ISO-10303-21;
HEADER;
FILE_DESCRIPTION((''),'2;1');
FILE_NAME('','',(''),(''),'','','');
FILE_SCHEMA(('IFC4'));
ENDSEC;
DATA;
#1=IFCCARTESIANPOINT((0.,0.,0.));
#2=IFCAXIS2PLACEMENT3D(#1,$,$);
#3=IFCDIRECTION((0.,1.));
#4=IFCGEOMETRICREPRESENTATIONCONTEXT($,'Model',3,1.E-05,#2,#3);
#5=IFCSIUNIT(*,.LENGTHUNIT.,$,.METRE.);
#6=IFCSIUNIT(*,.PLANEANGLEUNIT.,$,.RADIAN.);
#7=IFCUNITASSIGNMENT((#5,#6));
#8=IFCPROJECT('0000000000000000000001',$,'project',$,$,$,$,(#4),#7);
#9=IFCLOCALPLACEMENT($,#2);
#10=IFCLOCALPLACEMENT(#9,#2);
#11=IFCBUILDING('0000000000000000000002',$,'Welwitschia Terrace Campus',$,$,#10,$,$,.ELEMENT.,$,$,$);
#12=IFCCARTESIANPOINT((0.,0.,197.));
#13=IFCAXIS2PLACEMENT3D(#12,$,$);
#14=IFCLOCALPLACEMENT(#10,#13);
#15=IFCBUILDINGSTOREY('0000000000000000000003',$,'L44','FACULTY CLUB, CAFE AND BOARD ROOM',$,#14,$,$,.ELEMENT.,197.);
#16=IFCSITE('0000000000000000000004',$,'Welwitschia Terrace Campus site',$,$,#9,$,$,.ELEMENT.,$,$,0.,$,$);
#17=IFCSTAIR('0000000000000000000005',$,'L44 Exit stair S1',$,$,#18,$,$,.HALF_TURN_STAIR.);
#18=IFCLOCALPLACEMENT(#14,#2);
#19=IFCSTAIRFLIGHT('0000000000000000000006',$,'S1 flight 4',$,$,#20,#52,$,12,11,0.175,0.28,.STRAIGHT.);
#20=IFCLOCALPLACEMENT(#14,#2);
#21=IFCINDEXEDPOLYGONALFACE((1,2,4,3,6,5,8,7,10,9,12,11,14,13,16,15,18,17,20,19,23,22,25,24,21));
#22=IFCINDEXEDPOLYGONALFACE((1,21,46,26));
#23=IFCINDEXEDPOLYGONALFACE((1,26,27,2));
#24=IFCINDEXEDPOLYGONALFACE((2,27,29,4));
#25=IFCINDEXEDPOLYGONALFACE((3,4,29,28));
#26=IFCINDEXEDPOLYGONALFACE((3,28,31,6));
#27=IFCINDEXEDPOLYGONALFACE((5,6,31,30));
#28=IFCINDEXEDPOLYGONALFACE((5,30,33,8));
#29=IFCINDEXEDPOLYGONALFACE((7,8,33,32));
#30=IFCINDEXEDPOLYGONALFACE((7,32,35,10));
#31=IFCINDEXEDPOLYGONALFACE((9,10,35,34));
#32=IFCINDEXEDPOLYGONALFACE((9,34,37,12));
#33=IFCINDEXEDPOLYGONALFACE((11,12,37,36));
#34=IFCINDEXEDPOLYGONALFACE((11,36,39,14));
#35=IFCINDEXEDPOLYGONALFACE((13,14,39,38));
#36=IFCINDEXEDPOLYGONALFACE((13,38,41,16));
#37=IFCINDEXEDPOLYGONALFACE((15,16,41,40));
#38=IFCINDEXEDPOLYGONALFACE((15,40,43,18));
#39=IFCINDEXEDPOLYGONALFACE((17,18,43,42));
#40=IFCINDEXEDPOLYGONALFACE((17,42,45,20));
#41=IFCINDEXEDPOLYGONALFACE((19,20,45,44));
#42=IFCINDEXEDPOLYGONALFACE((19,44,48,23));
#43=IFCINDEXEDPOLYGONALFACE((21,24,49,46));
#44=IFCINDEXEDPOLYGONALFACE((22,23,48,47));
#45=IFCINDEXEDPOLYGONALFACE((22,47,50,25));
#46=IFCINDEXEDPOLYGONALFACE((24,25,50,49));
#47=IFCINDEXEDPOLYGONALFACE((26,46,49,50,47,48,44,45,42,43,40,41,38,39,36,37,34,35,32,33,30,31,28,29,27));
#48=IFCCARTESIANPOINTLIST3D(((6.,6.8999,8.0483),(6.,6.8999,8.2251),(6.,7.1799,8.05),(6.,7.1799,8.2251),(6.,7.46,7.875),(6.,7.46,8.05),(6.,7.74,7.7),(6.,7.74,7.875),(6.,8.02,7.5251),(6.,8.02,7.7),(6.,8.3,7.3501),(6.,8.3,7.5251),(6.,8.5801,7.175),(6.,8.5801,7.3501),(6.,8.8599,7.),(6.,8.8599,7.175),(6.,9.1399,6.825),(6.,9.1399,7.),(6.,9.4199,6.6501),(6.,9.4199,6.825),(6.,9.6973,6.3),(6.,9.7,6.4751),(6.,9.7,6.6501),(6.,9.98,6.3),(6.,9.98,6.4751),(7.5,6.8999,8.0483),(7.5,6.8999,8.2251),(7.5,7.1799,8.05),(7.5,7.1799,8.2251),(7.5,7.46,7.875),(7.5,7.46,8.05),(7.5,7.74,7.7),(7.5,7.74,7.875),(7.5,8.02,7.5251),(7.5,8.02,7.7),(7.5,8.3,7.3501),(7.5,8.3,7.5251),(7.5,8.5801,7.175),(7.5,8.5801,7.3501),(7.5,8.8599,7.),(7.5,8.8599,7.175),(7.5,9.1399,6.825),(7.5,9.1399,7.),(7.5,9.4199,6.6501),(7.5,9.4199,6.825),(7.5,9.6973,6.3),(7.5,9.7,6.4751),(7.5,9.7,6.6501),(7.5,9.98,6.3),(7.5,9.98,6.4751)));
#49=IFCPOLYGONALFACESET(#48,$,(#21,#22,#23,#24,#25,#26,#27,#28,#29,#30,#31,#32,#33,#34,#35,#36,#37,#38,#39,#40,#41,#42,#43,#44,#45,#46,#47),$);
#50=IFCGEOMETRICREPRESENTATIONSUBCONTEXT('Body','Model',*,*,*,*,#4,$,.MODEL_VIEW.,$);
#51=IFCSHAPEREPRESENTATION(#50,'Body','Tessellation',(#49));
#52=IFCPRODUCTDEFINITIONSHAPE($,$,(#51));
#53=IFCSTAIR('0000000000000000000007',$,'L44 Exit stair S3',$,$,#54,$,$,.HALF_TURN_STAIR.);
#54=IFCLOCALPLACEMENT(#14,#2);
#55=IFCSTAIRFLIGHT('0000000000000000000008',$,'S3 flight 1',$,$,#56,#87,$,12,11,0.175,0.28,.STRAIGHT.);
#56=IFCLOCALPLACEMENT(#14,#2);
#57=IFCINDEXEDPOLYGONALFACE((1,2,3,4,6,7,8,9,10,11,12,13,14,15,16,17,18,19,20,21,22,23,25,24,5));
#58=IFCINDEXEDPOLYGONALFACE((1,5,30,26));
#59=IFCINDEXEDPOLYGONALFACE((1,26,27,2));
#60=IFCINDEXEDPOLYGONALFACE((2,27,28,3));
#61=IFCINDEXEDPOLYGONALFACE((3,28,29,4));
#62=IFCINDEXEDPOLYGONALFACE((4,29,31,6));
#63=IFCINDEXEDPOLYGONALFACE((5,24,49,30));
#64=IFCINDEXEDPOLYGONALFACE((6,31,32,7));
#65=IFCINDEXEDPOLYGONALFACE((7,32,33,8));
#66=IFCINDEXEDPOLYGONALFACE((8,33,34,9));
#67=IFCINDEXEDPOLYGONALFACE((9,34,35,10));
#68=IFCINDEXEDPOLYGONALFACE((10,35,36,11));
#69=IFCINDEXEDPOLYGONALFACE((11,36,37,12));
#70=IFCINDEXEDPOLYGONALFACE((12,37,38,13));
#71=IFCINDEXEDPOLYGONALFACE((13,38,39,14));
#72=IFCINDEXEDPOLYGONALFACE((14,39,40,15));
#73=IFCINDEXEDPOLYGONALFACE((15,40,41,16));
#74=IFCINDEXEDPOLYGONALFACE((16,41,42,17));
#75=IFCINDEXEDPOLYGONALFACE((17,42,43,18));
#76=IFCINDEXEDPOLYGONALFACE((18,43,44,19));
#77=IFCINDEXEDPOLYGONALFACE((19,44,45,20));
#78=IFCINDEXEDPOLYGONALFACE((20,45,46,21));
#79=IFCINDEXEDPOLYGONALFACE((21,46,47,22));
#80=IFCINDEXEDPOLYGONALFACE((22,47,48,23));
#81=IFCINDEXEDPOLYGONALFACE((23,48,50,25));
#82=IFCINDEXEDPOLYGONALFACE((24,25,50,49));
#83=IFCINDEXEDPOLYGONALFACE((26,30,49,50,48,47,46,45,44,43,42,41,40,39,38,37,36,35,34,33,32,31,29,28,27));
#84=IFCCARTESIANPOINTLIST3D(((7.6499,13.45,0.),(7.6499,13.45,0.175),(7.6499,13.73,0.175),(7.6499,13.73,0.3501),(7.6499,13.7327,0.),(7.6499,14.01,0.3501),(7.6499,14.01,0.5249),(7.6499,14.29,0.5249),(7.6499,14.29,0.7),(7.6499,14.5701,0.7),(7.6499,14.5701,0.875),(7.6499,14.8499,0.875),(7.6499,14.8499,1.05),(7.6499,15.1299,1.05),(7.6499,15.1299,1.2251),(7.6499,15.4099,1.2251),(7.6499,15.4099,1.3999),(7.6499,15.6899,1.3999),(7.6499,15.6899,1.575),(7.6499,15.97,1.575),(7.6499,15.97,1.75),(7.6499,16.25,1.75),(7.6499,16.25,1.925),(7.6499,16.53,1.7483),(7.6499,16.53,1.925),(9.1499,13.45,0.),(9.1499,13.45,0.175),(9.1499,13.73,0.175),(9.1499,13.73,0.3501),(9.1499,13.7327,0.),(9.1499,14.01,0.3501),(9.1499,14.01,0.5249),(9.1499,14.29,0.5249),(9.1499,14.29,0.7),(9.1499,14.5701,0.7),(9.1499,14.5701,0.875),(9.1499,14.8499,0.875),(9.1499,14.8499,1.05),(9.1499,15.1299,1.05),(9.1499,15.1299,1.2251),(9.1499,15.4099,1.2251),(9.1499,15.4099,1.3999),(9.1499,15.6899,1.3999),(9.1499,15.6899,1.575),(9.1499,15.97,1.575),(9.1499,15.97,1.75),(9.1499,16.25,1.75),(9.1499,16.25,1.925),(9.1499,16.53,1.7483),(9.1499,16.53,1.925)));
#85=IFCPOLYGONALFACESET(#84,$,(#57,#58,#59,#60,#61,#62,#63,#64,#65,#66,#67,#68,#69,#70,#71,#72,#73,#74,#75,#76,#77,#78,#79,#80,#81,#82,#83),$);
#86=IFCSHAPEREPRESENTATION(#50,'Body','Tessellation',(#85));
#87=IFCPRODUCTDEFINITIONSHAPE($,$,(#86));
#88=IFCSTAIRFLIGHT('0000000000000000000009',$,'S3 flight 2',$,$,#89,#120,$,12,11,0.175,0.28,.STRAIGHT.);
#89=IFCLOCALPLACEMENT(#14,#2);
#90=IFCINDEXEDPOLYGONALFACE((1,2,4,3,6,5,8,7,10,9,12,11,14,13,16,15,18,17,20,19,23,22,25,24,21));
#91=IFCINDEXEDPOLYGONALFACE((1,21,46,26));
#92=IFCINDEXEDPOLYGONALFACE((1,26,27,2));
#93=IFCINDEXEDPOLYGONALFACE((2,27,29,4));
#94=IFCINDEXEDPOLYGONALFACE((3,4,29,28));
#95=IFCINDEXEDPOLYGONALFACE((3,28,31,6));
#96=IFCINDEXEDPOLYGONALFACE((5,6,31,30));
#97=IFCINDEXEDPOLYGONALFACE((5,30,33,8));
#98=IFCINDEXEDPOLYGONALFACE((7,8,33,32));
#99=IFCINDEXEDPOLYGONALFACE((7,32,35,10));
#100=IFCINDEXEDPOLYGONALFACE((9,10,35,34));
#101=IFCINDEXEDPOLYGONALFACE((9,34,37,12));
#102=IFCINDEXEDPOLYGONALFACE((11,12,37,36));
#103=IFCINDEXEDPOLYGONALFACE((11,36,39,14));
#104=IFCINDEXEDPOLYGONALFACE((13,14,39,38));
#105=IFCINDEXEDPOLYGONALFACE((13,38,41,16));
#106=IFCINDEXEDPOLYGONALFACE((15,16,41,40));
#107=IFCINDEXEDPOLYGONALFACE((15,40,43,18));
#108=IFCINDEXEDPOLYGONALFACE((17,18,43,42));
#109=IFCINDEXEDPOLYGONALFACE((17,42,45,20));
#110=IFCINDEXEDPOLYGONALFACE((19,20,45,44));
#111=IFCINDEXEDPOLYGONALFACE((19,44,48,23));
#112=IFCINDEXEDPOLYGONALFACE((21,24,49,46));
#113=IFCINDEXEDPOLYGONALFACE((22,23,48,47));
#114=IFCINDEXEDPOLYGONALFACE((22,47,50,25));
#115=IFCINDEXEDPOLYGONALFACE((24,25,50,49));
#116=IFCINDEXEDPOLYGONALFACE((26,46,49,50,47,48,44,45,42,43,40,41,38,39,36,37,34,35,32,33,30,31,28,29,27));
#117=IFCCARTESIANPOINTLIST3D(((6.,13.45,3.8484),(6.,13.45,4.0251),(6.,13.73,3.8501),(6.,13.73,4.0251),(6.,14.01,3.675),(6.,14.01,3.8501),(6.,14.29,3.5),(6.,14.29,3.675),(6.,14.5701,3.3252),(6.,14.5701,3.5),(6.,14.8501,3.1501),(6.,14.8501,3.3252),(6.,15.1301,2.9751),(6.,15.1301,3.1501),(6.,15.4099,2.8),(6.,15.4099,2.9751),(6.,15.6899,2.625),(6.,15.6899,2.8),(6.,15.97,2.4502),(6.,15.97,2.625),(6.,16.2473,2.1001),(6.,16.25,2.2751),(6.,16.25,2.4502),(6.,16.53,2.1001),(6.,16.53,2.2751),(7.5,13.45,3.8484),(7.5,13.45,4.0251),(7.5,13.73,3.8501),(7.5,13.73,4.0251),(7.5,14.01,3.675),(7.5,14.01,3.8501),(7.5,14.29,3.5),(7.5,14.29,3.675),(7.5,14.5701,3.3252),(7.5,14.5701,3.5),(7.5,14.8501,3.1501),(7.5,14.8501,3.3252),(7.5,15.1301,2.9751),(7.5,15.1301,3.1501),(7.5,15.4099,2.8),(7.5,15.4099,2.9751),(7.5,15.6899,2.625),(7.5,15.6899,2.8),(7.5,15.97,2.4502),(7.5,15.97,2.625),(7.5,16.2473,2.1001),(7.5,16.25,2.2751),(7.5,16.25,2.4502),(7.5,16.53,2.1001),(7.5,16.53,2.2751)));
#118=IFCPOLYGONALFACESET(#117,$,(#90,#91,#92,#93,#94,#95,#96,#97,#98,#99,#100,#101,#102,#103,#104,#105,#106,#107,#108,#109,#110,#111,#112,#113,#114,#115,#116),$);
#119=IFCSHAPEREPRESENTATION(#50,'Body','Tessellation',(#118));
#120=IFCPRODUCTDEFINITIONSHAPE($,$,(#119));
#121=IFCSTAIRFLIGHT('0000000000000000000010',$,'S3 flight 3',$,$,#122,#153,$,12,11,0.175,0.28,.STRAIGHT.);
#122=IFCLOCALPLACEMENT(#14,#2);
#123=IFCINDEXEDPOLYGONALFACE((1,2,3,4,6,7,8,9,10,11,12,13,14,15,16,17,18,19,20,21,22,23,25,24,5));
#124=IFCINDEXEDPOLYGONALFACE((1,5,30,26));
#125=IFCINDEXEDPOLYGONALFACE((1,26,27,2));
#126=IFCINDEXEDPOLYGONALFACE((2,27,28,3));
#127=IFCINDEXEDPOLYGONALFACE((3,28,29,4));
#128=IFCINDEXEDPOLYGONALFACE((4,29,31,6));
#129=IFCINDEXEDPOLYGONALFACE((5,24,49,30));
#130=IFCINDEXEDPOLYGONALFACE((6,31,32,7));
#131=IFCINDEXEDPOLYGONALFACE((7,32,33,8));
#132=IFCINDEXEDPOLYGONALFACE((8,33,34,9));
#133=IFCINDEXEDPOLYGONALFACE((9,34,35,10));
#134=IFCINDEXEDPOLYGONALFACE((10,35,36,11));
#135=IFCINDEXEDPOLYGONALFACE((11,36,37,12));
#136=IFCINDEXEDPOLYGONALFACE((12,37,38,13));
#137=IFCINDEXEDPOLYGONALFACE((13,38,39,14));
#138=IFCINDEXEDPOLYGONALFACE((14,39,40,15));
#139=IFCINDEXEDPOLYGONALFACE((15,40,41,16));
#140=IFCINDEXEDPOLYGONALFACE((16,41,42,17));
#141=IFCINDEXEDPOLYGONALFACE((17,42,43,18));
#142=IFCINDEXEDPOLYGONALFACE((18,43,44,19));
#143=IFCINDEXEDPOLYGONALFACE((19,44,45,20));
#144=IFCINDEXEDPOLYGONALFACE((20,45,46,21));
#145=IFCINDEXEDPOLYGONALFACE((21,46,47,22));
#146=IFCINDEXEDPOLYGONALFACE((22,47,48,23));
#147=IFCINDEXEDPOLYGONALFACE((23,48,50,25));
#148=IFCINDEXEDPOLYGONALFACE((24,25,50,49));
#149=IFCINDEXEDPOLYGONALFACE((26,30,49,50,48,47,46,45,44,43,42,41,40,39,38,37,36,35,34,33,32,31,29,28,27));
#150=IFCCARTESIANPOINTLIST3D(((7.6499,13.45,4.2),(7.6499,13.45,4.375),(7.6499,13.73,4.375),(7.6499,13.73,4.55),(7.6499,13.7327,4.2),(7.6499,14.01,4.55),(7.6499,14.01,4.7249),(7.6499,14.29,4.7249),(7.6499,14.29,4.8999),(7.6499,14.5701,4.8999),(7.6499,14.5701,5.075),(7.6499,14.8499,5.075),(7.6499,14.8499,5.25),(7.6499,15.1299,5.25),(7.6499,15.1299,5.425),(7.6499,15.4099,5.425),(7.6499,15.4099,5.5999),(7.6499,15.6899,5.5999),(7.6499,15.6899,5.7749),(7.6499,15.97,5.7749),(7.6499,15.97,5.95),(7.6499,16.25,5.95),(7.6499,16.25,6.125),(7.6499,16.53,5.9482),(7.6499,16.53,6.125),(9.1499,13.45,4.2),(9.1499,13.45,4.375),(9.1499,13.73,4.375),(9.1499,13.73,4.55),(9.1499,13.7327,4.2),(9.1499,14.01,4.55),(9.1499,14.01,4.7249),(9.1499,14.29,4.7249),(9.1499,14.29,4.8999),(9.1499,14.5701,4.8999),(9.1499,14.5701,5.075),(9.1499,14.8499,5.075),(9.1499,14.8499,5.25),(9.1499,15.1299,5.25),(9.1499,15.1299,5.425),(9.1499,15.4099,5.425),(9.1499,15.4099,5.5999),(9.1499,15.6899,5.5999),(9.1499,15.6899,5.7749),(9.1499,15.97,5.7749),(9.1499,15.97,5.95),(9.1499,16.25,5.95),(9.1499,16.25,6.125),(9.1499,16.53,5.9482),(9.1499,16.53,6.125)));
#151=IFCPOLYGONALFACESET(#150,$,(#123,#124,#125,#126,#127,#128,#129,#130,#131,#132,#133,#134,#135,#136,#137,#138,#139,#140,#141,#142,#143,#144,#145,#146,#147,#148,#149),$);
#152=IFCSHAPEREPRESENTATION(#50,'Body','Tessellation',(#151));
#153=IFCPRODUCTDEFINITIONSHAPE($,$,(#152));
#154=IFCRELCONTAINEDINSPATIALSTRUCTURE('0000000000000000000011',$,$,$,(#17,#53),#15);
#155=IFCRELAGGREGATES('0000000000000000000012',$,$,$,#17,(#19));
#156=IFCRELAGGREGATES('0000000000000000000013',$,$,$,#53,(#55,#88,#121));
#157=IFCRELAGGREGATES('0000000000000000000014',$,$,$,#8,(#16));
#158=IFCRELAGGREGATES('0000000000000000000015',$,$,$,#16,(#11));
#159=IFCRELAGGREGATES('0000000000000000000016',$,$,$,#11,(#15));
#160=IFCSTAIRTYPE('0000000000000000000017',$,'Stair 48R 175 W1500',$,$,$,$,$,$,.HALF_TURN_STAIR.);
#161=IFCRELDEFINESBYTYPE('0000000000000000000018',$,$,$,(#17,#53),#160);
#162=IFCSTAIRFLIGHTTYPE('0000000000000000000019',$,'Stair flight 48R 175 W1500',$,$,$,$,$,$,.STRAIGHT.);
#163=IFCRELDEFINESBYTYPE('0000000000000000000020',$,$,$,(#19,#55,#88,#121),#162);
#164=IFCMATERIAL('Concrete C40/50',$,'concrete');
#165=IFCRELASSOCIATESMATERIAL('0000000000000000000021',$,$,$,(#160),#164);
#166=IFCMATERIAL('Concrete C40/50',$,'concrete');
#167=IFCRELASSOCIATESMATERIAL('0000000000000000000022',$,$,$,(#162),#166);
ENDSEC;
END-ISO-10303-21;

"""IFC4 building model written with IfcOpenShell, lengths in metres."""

from ifc_helpers import new_model, si_unit, direction, frame, origin, place, context, subcontext, project, spatial, polyline, outline, extrude, material, type_object, element, aggregate, save


model = new_model("IFC4")

# Units and contexts
model_context = context("Model", 3, precision=1e-05, world=origin(), true_north=direction((0.0, 1.0)))
body_context = subcontext(model_context, "Body", "Model", "MODEL_VIEW")
ifc_project = project(units=[si_unit("LENGTHUNIT", "METRE"), si_unit("PLANEANGLEUNIT", "RADIAN")], contexts=[model_context])

# Site, building, storey
site_placement = place(None, origin())
site = spatial("IfcSite", under=ifc_project, at=site_placement, Name="Welwitschia Terrace Campus site", CompositionType="ELEMENT", RefElevation=0.0)
building_placement = place(site_placement, origin())
building = spatial("IfcBuilding", under=site, at=building_placement, Name="Welwitschia Terrace Campus", CompositionType="ELEMENT")
storey_placement = place(building_placement, frame((0.0, 0.0, 197.0)))
storey = spatial("IfcBuildingStorey", under=building, at=storey_placement, Name="L44", Description="FACULTY CLUB, CAFE AND BOARD ROOM", CompositionType="ELEMENT", Elevation=197.0)

# Stairs, stair flights
ifc_material_1 = material(Name="Concrete C40/50", Category="concrete")
stair_type = type_object("IfcStairType", Name="Stair 48R 175 W1500", PredefinedType="HALF_TURN_STAIR", material=ifc_material_1)
stair_1_placement = place(storey_placement, origin())
stair_1 = element("IfcStair", 1, at=stair_1_placement, inside=storey, type_object=stair_type, Name="L44 Exit stair S1", PredefinedType="HALF_TURN_STAIR")
ifc_material_2 = material(Name="Concrete C40/50", Category="concrete")
stair_flight_type = type_object("IfcStairFlightType", Name="Stair flight 48R 175 W1500", PredefinedType="STRAIGHT", material=ifc_material_2)
stair_flight_1_placement = place(storey_placement, frame((6.75, 9.98, 6.3), z_axis=(0.0, 0.0, 1.0), x_axis=(0.0, -1.0, 0.0)))
stair_flight_1 = element("IfcStairFlight", 2, at=stair_flight_1_placement, type_object=stair_flight_type, Name="S1 flight 4", NumberOfRisers=12, NumberOfTreads=11, PredefinedType="STRAIGHT", RiserHeight=0.175, TreadLength=0.28, context=body_context, shape_type="SweptSolid", body=[
    extrude(outline(polyline([(0.0, 0.0), (0.0, 0.175), (0.28, 0.175), (0.28, 0.3501), (0.5601, 0.3501), (0.5601, 0.5249), (0.8401, 0.5249), (0.8401, 0.7), (1.1201, 0.7), (1.1201, 0.875), (1.3999, 0.875), (1.3999, 1.05), (1.6799, 1.05), (1.6799, 1.2251), (1.96, 1.2251), (1.96, 1.3999), (2.24, 1.3999), (2.24, 1.575), (2.52, 1.575), (2.52, 1.75), (2.8, 1.75), (2.8, 1.925), (3.0801, 1.925), (3.0801, 2.1001), (3.0801, 1.7483), (0.2827, 0.0), (0.0, 0.0)])), frame((0.0, 0.75, 0.0), z_axis=(0.0, -1.0, 0.0), x_axis=(1.0, 0.0, 0.0)), (0.0, 0.0, 1.0), 1.5),
])
aggregate(stair_1, [stair_flight_1])
stair_2_placement = place(storey_placement, origin())
stair_2 = element("IfcStair", 3, at=stair_2_placement, inside=storey, type_object=stair_type, Name="L44 Exit stair S3", PredefinedType="HALF_TURN_STAIR")
stair_flight_2_placement = place(storey_placement, frame((8.3999, 13.45, 0.0), z_axis=(0.0, 0.0, 1.0), x_axis=(0.0, 1.0, 0.0)))
stair_flight_2 = element("IfcStairFlight", 4, at=stair_flight_2_placement, type_object=stair_flight_type, Name="S3 flight 1", NumberOfRisers=12, NumberOfTreads=11, PredefinedType="STRAIGHT", RiserHeight=0.175, TreadLength=0.28, context=body_context, shape_type="SweptSolid", body=[
    extrude(outline(polyline([(0.0, 0.0), (0.0, 0.175), (0.28, 0.175), (0.28, 0.3501), (0.5601, 0.3501), (0.5601, 0.5249), (0.8401, 0.5249), (0.8401, 0.7), (1.1201, 0.7), (1.1201, 0.875), (1.3999, 0.875), (1.3999, 1.05), (1.6799, 1.05), (1.6799, 1.2251), (1.96, 1.2251), (1.96, 1.3999), (2.24, 1.3999), (2.24, 1.575), (2.52, 1.575), (2.52, 1.75), (2.8, 1.75), (2.8, 1.925), (3.0801, 1.925), (3.0801, 2.1001), (3.0801, 1.7483), (0.2827, 0.0), (0.0, 0.0)])), frame((0.0, 0.75, 0.0), z_axis=(0.0, -1.0, 0.0), x_axis=(1.0, 0.0, 0.0)), (0.0, 0.0, 1.0), 1.5),
])
stair_flight_3_placement = place(storey_placement, frame((6.75, 16.53, 2.1001), z_axis=(0.0, 0.0, 1.0), x_axis=(0.0, -1.0, 0.0)))
stair_flight_3 = element("IfcStairFlight", 5, at=stair_flight_3_placement, type_object=stair_flight_type, Name="S3 flight 2", NumberOfRisers=12, NumberOfTreads=11, PredefinedType="STRAIGHT", RiserHeight=0.175, TreadLength=0.28, context=body_context, shape_type="SweptSolid", body=[
    extrude(outline(polyline([(0.0, 0.0), (0.0, 0.175), (0.28, 0.175), (0.28, 0.3501), (0.5601, 0.3501), (0.5601, 0.5249), (0.8401, 0.5249), (0.8401, 0.7), (1.1201, 0.7), (1.1201, 0.875), (1.3999, 0.875), (1.3999, 1.05), (1.6799, 1.05), (1.6799, 1.2251), (1.96, 1.2251), (1.96, 1.3999), (2.24, 1.3999), (2.24, 1.575), (2.52, 1.575), (2.52, 1.75), (2.8, 1.75), (2.8, 1.925), (3.0801, 1.925), (3.0801, 2.1001), (3.0801, 1.7483), (0.2827, 0.0), (0.0, 0.0)])), frame((0.0, 0.75, 0.0), z_axis=(0.0, -1.0, 0.0), x_axis=(1.0, 0.0, 0.0)), (0.0, 0.0, 1.0), 1.5),
])
stair_flight_4_placement = place(storey_placement, frame((8.3999, 13.45, 4.2), z_axis=(0.0, 0.0, 1.0), x_axis=(0.0, 1.0, 0.0)))
stair_flight_4 = element("IfcStairFlight", 6, at=stair_flight_4_placement, type_object=stair_flight_type, Name="S3 flight 3", NumberOfRisers=12, NumberOfTreads=11, PredefinedType="STRAIGHT", RiserHeight=0.175, TreadLength=0.28, context=body_context, shape_type="SweptSolid", body=[
    extrude(outline(polyline([(0.0, 0.0), (0.0, 0.175), (0.28, 0.175), (0.28, 0.3501), (0.5601, 0.3501), (0.5601, 0.5249), (0.8401, 0.5249), (0.8401, 0.7), (1.1201, 0.7), (1.1201, 0.875), (1.3999, 0.875), (1.3999, 1.05), (1.6799, 1.05), (1.6799, 1.2251), (1.96, 1.2251), (1.96, 1.3999), (2.24, 1.3999), (2.24, 1.575), (2.52, 1.575), (2.52, 1.75), (2.8, 1.75), (2.8, 1.925), (3.0801, 1.925), (3.0801, 2.1001), (3.0801, 1.7483), (0.2827, 0.0), (0.0, 0.0)])), frame((0.0, 0.75, 0.0), z_axis=(0.0, -1.0, 0.0), x_axis=(1.0, 0.0, 0.0)), (0.0, 0.0, 1.0), 1.5),
])
aggregate(stair_2, [stair_flight_2, stair_flight_3, stair_flight_4])

save(model, "model.ifc")
